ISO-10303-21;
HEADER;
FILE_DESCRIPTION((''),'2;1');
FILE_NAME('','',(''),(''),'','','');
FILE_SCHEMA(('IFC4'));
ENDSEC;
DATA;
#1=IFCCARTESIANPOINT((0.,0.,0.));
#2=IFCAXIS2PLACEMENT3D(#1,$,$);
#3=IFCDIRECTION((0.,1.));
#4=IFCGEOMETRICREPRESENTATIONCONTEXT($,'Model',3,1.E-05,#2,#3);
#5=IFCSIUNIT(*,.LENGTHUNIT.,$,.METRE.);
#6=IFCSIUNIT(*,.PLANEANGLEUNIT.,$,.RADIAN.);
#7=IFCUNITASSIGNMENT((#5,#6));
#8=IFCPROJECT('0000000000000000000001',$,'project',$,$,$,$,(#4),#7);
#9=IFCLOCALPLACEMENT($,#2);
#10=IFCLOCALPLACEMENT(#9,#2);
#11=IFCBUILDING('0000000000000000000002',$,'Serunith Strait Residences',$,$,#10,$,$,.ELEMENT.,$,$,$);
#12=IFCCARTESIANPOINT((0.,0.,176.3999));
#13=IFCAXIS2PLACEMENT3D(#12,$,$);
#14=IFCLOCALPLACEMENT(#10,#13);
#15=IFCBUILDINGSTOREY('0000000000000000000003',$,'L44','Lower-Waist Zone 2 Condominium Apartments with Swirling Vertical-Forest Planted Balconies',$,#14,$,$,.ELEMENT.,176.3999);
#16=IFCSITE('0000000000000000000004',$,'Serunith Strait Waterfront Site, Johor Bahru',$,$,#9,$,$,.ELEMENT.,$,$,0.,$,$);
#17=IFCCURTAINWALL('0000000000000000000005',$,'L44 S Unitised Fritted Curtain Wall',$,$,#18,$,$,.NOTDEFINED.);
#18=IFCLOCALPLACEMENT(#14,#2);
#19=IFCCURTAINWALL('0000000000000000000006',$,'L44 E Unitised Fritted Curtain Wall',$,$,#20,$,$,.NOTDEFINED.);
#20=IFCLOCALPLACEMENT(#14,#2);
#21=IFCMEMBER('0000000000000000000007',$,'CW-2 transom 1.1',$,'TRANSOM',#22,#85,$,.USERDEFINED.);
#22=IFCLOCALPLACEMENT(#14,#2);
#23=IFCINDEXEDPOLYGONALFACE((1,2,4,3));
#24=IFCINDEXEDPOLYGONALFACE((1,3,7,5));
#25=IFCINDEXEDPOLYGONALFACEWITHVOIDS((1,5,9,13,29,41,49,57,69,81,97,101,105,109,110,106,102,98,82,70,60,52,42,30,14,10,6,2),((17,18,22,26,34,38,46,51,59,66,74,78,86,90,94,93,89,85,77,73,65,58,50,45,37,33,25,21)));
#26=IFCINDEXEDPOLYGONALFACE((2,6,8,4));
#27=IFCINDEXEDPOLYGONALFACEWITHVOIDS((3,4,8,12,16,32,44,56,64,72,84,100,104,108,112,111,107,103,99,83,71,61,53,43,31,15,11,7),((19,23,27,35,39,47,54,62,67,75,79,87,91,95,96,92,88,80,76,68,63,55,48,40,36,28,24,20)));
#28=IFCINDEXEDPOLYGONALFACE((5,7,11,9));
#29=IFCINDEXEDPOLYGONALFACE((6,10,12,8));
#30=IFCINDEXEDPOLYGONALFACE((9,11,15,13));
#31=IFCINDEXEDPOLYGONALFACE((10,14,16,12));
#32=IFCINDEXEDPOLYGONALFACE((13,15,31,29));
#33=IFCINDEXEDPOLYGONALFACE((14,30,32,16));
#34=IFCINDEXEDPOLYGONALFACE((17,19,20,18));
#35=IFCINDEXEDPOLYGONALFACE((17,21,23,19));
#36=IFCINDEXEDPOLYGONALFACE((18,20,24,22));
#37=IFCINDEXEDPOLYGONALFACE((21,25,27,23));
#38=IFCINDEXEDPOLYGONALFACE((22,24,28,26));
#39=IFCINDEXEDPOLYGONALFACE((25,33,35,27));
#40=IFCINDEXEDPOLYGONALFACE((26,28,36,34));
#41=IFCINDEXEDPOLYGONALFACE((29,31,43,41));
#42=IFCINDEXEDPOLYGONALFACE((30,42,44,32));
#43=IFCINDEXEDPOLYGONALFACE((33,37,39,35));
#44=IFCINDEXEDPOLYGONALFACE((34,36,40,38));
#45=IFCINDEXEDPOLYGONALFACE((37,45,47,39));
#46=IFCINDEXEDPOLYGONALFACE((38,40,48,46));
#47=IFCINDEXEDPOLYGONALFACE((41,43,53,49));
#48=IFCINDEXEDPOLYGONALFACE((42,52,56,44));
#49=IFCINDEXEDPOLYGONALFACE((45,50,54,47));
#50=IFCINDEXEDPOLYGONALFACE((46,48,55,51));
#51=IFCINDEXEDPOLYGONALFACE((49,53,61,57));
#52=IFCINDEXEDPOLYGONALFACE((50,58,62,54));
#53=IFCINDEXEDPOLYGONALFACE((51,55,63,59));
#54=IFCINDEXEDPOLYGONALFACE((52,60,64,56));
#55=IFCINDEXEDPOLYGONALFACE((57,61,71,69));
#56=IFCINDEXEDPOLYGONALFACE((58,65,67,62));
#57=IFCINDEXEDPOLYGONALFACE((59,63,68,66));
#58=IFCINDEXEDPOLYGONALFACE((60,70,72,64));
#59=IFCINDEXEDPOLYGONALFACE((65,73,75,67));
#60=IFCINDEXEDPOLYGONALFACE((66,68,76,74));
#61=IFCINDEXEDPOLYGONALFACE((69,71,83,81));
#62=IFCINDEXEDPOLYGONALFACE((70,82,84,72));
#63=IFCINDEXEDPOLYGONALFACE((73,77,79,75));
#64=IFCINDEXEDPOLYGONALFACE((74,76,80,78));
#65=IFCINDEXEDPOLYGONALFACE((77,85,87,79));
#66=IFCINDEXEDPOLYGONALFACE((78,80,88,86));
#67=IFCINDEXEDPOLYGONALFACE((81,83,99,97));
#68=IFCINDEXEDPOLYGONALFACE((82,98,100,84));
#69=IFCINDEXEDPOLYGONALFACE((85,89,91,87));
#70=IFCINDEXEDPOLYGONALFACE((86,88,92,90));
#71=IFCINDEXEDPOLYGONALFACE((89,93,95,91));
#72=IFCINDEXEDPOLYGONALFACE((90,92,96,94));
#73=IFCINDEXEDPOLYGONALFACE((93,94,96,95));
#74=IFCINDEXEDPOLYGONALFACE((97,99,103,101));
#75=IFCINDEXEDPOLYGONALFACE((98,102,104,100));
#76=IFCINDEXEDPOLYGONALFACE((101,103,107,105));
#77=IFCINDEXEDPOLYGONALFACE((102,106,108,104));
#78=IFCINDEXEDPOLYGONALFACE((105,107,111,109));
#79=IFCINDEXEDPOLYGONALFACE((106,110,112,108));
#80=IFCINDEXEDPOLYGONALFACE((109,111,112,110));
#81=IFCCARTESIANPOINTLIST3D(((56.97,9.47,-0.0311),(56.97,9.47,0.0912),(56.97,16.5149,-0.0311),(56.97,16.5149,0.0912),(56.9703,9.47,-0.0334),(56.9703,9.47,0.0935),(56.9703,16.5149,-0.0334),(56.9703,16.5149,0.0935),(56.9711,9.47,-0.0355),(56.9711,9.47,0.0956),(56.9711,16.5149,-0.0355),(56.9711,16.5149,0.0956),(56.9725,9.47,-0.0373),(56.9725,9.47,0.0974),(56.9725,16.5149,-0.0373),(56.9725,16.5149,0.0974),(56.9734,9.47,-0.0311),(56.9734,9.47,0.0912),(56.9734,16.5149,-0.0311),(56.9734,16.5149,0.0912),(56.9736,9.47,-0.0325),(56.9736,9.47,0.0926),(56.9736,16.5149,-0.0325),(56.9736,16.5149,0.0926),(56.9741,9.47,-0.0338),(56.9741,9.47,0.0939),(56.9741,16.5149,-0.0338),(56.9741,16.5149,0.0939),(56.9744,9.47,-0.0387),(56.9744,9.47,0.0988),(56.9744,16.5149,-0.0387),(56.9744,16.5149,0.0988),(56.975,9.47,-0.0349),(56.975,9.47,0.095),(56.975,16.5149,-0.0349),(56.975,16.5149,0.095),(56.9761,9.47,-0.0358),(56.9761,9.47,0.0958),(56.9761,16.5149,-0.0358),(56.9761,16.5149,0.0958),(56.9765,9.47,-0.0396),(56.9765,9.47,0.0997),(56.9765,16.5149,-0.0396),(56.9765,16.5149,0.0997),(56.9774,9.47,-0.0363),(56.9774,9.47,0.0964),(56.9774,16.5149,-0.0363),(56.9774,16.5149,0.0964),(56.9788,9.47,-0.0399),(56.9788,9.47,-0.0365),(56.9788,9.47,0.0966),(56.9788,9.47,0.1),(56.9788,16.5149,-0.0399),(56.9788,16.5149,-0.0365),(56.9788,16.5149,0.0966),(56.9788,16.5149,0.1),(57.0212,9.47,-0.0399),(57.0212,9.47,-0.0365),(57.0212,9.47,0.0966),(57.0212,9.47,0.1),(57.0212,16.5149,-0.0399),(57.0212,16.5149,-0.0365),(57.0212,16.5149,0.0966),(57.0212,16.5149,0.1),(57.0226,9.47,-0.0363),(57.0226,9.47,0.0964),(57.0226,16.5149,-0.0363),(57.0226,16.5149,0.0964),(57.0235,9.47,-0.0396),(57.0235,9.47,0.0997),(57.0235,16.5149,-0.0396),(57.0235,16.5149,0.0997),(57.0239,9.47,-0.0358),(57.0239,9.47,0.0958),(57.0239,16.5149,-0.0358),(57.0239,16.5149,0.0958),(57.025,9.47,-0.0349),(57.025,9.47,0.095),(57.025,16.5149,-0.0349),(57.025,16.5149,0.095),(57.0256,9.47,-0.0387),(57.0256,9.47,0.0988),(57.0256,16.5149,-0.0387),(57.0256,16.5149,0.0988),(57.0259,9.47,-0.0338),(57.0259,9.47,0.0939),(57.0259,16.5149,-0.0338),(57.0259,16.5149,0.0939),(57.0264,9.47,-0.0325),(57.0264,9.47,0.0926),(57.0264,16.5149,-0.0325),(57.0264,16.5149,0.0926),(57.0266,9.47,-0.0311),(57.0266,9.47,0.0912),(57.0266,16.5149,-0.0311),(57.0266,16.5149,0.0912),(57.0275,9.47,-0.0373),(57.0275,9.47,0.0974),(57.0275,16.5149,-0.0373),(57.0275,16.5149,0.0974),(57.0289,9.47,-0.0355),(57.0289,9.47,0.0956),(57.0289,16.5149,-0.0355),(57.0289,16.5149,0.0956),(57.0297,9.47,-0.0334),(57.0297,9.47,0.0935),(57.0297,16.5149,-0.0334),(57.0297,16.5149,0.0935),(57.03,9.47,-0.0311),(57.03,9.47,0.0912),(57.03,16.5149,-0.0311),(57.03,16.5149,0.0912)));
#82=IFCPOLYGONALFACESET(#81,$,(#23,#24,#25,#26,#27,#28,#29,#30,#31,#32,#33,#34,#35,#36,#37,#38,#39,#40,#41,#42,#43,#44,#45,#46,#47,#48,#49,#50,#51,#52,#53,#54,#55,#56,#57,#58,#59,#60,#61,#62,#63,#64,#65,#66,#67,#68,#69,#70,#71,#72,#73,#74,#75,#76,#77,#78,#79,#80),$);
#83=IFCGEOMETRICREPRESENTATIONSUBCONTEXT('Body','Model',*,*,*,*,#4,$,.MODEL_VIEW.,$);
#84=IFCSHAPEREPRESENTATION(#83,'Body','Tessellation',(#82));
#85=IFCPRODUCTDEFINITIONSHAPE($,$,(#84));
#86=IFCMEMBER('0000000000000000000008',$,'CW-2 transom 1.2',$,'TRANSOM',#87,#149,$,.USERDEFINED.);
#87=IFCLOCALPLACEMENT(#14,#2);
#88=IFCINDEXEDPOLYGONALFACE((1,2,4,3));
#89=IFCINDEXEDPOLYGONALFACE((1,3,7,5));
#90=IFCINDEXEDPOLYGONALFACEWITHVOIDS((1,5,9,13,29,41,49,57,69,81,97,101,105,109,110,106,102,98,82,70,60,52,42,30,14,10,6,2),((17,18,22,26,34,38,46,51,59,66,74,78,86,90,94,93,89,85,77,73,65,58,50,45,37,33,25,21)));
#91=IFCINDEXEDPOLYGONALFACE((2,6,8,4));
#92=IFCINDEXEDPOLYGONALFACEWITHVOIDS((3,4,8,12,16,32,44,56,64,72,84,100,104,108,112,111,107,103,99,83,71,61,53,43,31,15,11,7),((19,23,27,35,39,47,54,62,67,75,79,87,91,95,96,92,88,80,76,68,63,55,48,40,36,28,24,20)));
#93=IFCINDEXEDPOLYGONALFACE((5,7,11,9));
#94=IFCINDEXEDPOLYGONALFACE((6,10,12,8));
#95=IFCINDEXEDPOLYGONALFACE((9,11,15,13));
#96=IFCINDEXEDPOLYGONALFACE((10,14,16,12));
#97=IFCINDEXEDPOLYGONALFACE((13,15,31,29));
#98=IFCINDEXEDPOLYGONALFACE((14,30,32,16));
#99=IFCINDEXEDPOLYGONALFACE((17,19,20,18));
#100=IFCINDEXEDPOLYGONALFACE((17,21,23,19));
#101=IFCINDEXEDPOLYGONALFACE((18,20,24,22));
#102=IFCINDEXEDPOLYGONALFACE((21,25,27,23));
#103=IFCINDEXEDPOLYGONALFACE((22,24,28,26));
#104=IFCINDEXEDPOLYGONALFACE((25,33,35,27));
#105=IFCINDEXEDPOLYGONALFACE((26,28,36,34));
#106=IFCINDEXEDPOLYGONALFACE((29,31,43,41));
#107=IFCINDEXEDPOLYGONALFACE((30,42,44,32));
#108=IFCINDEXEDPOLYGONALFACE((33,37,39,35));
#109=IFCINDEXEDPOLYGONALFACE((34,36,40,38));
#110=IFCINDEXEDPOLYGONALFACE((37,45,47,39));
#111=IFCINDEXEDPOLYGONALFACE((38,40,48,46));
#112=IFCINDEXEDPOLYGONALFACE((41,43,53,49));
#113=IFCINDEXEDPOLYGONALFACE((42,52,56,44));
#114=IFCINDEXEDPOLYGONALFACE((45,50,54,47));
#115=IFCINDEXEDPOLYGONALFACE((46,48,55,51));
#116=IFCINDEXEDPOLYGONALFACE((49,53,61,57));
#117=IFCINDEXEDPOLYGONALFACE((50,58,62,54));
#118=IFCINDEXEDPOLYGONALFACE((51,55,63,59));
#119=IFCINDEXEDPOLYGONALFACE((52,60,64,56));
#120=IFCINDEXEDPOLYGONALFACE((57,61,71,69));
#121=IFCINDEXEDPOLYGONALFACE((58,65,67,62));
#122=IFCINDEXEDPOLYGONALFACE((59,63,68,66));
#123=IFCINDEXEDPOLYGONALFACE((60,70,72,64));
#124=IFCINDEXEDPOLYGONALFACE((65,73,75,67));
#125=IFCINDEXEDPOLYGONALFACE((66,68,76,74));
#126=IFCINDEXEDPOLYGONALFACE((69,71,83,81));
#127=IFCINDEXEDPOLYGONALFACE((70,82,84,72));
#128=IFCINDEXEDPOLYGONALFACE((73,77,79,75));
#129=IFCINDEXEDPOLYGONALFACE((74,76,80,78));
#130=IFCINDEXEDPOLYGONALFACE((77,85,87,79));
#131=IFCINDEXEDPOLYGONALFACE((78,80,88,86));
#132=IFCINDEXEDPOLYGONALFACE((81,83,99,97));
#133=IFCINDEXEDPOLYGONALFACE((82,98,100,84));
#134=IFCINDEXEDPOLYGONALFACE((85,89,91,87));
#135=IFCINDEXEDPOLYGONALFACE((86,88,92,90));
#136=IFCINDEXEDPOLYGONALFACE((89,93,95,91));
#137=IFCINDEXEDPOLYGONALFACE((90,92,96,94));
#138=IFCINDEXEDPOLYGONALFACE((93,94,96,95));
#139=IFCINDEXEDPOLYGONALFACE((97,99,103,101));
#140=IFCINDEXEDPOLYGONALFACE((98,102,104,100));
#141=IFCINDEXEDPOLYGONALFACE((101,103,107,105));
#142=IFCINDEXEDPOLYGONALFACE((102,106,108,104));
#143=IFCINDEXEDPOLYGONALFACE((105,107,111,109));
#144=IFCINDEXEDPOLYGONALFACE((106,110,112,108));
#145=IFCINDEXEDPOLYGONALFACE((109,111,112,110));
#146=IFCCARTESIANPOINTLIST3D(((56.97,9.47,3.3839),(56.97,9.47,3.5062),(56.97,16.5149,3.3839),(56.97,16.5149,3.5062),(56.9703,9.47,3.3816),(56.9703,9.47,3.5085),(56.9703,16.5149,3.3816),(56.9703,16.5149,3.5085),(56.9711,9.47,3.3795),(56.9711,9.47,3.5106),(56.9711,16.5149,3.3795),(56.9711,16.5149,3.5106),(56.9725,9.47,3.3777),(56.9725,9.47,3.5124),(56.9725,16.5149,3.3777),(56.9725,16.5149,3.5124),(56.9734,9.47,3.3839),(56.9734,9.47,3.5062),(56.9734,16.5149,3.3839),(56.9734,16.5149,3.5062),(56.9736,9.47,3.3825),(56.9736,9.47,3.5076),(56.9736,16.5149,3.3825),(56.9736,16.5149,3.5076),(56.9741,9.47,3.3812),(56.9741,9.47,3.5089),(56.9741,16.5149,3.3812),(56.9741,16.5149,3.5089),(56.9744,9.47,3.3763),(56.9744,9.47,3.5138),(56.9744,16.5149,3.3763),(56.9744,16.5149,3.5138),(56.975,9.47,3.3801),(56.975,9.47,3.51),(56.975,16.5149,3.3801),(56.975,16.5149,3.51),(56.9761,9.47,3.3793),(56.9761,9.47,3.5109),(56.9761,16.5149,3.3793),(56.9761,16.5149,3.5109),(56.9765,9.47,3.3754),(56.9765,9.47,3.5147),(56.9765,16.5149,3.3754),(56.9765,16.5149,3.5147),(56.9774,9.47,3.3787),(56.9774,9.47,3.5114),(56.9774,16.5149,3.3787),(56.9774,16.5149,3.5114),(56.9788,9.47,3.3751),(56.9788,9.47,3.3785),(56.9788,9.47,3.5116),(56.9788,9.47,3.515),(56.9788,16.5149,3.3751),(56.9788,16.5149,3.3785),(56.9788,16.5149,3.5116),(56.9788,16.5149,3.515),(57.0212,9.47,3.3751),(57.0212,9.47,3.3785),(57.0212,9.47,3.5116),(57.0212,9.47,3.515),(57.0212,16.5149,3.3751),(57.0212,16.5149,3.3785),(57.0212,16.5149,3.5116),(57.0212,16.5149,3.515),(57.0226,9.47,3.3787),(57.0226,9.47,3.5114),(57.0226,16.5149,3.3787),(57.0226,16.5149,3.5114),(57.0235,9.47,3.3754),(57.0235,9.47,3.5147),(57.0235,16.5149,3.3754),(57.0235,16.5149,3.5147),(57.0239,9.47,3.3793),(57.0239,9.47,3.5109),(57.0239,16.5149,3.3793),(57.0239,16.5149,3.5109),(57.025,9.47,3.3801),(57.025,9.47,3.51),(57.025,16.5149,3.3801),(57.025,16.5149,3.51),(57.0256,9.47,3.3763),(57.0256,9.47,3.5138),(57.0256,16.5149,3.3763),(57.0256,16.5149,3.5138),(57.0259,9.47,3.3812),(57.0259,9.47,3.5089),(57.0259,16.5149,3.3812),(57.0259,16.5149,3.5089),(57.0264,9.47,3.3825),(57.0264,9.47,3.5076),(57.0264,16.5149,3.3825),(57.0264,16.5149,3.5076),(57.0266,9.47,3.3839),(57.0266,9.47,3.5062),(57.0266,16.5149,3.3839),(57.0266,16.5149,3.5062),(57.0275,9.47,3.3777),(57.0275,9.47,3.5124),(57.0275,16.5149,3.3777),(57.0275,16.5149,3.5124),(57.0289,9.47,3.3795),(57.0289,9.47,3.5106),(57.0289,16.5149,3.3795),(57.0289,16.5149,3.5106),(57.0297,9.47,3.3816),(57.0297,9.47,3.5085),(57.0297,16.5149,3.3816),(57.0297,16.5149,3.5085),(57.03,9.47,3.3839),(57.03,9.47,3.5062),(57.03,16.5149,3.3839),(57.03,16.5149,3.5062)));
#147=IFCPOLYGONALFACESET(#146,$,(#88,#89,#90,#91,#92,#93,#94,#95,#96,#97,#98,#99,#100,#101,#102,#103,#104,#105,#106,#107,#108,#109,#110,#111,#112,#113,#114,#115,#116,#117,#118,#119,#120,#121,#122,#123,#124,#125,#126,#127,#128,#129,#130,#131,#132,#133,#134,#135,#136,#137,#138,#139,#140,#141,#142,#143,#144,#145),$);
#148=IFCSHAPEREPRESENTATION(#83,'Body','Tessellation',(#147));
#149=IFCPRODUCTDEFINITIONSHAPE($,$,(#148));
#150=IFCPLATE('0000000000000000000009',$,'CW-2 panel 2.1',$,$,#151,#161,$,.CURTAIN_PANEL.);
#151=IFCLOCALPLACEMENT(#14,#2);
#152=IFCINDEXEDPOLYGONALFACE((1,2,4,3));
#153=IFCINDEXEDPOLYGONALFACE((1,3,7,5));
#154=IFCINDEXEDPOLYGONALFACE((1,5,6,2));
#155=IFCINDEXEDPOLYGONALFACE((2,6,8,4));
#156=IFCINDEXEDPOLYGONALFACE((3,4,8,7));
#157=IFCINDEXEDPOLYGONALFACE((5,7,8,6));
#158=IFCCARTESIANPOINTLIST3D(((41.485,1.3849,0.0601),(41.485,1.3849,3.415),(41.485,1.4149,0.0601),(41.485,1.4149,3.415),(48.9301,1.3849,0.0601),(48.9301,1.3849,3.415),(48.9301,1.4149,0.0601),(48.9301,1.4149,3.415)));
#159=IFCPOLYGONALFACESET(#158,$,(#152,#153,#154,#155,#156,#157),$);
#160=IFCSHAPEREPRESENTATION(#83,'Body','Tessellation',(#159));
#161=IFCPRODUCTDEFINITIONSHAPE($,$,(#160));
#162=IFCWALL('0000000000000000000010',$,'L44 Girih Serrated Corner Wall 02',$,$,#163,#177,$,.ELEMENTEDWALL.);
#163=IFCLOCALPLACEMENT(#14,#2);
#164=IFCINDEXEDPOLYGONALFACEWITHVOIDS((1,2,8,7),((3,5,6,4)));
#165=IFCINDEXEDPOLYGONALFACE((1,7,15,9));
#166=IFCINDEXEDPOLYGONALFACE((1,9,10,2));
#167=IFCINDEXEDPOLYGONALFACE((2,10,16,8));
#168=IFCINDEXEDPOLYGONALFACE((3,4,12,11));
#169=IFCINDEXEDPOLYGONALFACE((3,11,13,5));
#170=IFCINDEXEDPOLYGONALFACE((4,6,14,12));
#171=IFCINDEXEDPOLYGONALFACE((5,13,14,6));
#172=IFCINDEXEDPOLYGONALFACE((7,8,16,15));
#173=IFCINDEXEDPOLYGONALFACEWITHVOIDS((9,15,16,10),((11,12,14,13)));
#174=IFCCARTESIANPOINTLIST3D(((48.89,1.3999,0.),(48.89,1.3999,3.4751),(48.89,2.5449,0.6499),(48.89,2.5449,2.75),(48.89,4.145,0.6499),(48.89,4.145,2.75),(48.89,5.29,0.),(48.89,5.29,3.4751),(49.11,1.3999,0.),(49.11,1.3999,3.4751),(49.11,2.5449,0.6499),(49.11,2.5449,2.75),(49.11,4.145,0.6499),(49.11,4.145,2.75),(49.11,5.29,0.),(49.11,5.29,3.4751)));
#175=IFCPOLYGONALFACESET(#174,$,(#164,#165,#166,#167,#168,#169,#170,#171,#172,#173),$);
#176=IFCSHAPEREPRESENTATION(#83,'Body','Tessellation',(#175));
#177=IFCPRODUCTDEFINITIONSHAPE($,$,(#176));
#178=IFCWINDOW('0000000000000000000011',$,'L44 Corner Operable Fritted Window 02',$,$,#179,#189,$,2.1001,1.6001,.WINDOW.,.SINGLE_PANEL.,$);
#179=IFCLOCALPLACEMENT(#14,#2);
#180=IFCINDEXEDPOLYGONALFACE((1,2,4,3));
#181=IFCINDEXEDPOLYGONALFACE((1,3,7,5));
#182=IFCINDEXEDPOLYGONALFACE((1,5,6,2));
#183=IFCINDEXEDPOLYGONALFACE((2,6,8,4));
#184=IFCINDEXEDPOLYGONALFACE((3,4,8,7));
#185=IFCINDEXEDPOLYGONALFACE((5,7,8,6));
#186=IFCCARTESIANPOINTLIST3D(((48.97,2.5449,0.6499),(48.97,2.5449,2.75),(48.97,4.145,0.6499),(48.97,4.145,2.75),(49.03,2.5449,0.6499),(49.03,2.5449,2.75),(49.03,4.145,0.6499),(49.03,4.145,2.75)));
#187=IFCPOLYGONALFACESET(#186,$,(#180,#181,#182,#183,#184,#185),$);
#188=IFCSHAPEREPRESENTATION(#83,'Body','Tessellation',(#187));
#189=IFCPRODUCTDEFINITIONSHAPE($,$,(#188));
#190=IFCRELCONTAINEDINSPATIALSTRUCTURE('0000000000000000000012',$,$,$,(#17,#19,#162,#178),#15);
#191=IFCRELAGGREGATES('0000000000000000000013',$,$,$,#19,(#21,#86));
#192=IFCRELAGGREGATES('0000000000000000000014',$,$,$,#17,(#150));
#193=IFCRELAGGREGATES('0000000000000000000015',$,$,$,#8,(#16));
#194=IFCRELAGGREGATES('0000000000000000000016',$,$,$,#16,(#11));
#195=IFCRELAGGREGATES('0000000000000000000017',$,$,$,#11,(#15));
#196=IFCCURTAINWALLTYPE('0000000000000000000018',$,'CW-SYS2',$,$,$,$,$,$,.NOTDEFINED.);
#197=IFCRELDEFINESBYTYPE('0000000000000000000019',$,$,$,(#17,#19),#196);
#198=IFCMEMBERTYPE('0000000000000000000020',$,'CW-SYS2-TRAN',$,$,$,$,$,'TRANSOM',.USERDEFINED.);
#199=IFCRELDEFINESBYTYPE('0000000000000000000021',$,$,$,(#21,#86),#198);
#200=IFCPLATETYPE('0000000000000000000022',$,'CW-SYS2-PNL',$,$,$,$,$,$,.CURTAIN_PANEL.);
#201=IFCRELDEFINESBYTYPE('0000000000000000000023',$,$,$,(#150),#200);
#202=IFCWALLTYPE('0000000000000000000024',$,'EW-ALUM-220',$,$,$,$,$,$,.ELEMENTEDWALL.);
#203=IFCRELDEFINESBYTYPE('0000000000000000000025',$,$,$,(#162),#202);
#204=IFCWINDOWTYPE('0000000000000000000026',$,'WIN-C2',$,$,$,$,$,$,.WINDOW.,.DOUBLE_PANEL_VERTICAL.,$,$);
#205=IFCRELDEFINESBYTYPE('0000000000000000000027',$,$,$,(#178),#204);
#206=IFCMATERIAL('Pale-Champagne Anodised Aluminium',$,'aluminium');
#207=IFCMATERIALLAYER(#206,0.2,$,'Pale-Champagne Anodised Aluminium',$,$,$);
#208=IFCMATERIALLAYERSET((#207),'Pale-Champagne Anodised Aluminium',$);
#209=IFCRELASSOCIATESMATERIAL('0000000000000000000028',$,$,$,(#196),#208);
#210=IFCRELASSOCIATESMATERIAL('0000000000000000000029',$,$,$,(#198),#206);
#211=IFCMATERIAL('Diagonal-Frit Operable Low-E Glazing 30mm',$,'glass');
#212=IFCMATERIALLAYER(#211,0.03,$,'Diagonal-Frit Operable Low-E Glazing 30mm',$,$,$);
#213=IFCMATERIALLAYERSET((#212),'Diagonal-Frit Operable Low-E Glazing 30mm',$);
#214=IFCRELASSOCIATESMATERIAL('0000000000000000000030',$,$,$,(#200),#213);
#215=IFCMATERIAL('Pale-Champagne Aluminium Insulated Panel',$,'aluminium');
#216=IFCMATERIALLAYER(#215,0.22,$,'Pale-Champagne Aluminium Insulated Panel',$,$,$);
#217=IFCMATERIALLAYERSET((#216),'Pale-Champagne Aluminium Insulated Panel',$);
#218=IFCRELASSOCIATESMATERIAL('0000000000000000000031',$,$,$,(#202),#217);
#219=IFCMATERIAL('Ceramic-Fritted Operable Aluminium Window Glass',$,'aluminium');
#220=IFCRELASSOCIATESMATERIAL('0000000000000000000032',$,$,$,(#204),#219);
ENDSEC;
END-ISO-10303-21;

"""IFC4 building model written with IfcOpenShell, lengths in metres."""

from ifc_helpers import new_model, si_unit, direction, frame, frame_2d, origin, origin_2d, place, context, subcontext, project, spatial, rectangle, hollow_rectangle, extrude, source, transform, mapped, material, layer, layer_set, material_profile, profile_set, type_object, element, fill, aggregate, save


model = new_model("IFC4")

# Units and contexts
model_context = context("Model", 3, precision=1e-05, world=origin(), true_north=direction((0.0, 1.0)))
body_context = subcontext(model_context, "Body", "Model", "MODEL_VIEW")
ifc_project = project(units=[si_unit("LENGTHUNIT", "METRE"), si_unit("PLANEANGLEUNIT", "RADIAN")], contexts=[model_context])

# Site, building, storey
site_placement = place(None, origin())
site = spatial("IfcSite", under=ifc_project, at=site_placement, Name="Serunith Strait Waterfront Site, Johor Bahru", CompositionType="ELEMENT", RefElevation=0.0)
building_placement = place(site_placement, origin())
building = spatial("IfcBuilding", under=site, at=building_placement, Name="Serunith Strait Residences", CompositionType="ELEMENT")
storey_placement = place(building_placement, frame((0.0, 0.0, 176.3999)))
storey = spatial("IfcBuildingStorey", under=building, at=storey_placement, Name="L44", Description="Lower-Waist Zone 2 Condominium Apartments with Swirling Vertical-Forest Planted Balconies", CompositionType="ELEMENT", Elevation=176.3999)

# Curtain wall
ifc_material_1 = material(Name="Pale-Champagne Anodised Aluminium", Category="aluminium")
ifc_layer_1 = layer(ifc_material_1, 0.2, Name="Pale-Champagne Anodised Aluminium")
ifc_layer_set_1 = layer_set([ifc_layer_1], Name="Pale-Champagne Anodised Aluminium")
curtain_wall_type = type_object("IfcCurtainWallType", Name="CW-SYS2", PredefinedType="NOTDEFINED", material=ifc_layer_set_1)
curtain_wall_1_placement = place(storey_placement, origin())
curtain_wall_1 = element("IfcCurtainWall", 1, at=curtain_wall_1_placement, inside=storey, type_object=curtain_wall_type, Name="L44 S Unitised Fritted Curtain Wall", PredefinedType="NOTDEFINED")

# Curtain wall, members
curtain_wall_2_placement = place(storey_placement, origin())
curtain_wall_2 = element("IfcCurtainWall", 2, at=curtain_wall_2_placement, inside=storey, type_object=curtain_wall_type, Name="L44 E Unitised Fritted Curtain Wall", PredefinedType="NOTDEFINED")
ifc_material_profile_1 = material_profile(ifc_material_1, hollow_rectangle(XDim=0.0601, YDim=0.1399, WallThickness=0.0034, InnerFilletRadius=0.0054, OuterFilletRadius=0.0088, at=origin_2d()), Name="ALU 140x60x3.5")
ifc_profile_set_1 = profile_set([ifc_material_profile_1], Name="Pale-Champagne Anodised Aluminium")
member_type_1 = type_object("IfcMemberType", Name="CW-SYS2-TRAN", ElementType="TRANSOM", PredefinedType="USERDEFINED", material=ifc_profile_set_1)
shared_shape_1 = source(origin(), body_context, "Body", "SweptSolid", [
    extrude(hollow_rectangle(XDim=0.0601, YDim=0.1399, WallThickness=0.0034, InnerFilletRadius=0.0054, OuterFilletRadius=0.0088, at=origin_2d()), origin(), (0.0, 0.0, 1.0), 7.0449),
])
member_1_placement = place(storey_placement, frame((57.0, 9.47, 0.03), z_axis=(0.0, 1.0, 0.0), x_axis=(-1.0, 0.0, 0.0)))
member_1 = element("IfcMember", 3, at=member_1_placement, type_object=member_type_1, Name="CW-2 transom 1.1", ObjectType="TRANSOM", PredefinedType="USERDEFINED", context=body_context, shape_type="MappedRepresentation", body=[
    mapped(shared_shape_1, transform((0.0, 0.0, 0.0), scale=1.0)),
])
member_2_placement = place(storey_placement, frame((57.0, 9.47, 3.4451), z_axis=(0.0, 1.0, 0.0), x_axis=(-1.0, 0.0, 0.0)))
member_2 = element("IfcMember", 4, at=member_2_placement, type_object=member_type_1, Name="CW-2 transom 1.2", ObjectType="TRANSOM", PredefinedType="USERDEFINED", context=body_context, shape_type="MappedRepresentation", body=[
    mapped(shared_shape_1, transform((0.0, 0.0, 0.0), scale=1.0)),
])
aggregate(curtain_wall_2, [member_1, member_2])

# Plate
ifc_material_2 = material(Name="Diagonal-Frit Operable Low-E Glazing 30mm", Category="glass")
ifc_layer_2 = layer(ifc_material_2, 0.03, Name="Diagonal-Frit Operable Low-E Glazing 30mm")
ifc_layer_set_2 = layer_set([ifc_layer_2], Name="Diagonal-Frit Operable Low-E Glazing 30mm")
plate_type = type_object("IfcPlateType", Name="CW-SYS2-PNL", PredefinedType="CURTAIN_PANEL", material=ifc_layer_set_2)
shared_shape_2 = source(origin(), body_context, "Body", "SweptSolid", [
    extrude(rectangle(XDim=7.4451, YDim=0.03, at=origin_2d()), origin(), (0.0, 0.0, 1.0), 3.355),
])
plate_placement = place(storey_placement, frame((45.2075, 1.3999, 0.0601), z_axis=(0.0, 0.0, 1.0), x_axis=(1.0, 0.0, 0.0)))
plate = element("IfcPlate", 5, at=plate_placement, type_object=plate_type, Name="CW-2 panel 2.1", PredefinedType="CURTAIN_PANEL", context=body_context, shape_type="MappedRepresentation", body=[
    mapped(shared_shape_2, transform((0.0, 0.0, 0.0), scale=1.0)),
])
aggregate(curtain_wall_1, [plate])

# Wall, opening, window
ifc_material_3 = material(Name="Pale-Champagne Aluminium Insulated Panel", Category="aluminium")
ifc_layer_3 = layer(ifc_material_3, 0.22, Name="Pale-Champagne Aluminium Insulated Panel")
ifc_layer_set_3 = layer_set([ifc_layer_3], Name="Pale-Champagne Aluminium Insulated Panel")
wall_type_1 = type_object("IfcWallType", Name="EW-ALUM-220", PredefinedType="ELEMENTEDWALL", material=ifc_layer_set_3)
wall_1_placement = place(storey_placement, frame((49.0, 1.3999, 0.0), z_axis=(0.0, 0.0, 1.0), x_axis=(0.0, 1.0, 0.0)))
wall_1 = element("IfcWall", 6, at=wall_1_placement, inside=storey, type_object=wall_type_1, Name="L44 Girih Serrated Corner Wall 02", PredefinedType="ELEMENTEDWALL", context=body_context, shape_type="SweptSolid", body=[
    extrude(rectangle(XDim=3.8901, YDim=0.22, at=frame_2d((1.9451, 0.0))), origin(), (0.0, 0.0, 1.0), 3.4751),
])
opening_1_placement = place(wall_1_placement, frame((1.145, 0.0, 0.6499)))
opening_1 = element("IfcOpeningElement", 7, at=opening_1_placement, cuts=wall_1, PredefinedType="OPENING", context=body_context, shape_type="SweptSolid", body=[
    extrude(rectangle(XDim=1.6001, YDim=2.1001, at=frame_2d((0.8, 1.05))), frame((0.0, 0.1201, 0.0), z_axis=(0.0, -1.0, 0.0), x_axis=(1.0, 0.0, 0.0)), (0.0, 0.0, 1.0), 0.24),
])
ifc_material_4 = material(Name="Ceramic-Fritted Operable Aluminium Window Glass", Category="aluminium")
window_type = type_object("IfcWindowType", Name="WIN-C2", PartitioningType="DOUBLE_PANEL_VERTICAL", PredefinedType="WINDOW", material=ifc_material_4)
shared_shape_3 = source(origin(), body_context, "Body", "SweptSolid", [
    extrude(rectangle(XDim=1.6001, YDim=2.1001, at=frame_2d((0.8, 1.05))), frame((0.0, 0.03, 0.0), z_axis=(0.0, -1.0, 0.0), x_axis=(1.0, 0.0, 0.0)), (0.0, 0.0, 1.0), 0.0601),
])
window_1_placement = place(opening_1_placement, origin())
window_1 = element("IfcWindow", 8, at=window_1_placement, inside=storey, type_object=window_type, Name="L44 Corner Operable Fritted Window 02", OverallHeight=2.1001, OverallWidth=1.6001, PartitioningType="SINGLE_PANEL", PredefinedType="WINDOW", context=body_context, shape_type="MappedRepresentation", body=[
    mapped(shared_shape_3, transform((0.0, 0.0, 0.0), scale=1.0)),
])
fill(opening_1, window_1)

save(model, "model.ifc")
